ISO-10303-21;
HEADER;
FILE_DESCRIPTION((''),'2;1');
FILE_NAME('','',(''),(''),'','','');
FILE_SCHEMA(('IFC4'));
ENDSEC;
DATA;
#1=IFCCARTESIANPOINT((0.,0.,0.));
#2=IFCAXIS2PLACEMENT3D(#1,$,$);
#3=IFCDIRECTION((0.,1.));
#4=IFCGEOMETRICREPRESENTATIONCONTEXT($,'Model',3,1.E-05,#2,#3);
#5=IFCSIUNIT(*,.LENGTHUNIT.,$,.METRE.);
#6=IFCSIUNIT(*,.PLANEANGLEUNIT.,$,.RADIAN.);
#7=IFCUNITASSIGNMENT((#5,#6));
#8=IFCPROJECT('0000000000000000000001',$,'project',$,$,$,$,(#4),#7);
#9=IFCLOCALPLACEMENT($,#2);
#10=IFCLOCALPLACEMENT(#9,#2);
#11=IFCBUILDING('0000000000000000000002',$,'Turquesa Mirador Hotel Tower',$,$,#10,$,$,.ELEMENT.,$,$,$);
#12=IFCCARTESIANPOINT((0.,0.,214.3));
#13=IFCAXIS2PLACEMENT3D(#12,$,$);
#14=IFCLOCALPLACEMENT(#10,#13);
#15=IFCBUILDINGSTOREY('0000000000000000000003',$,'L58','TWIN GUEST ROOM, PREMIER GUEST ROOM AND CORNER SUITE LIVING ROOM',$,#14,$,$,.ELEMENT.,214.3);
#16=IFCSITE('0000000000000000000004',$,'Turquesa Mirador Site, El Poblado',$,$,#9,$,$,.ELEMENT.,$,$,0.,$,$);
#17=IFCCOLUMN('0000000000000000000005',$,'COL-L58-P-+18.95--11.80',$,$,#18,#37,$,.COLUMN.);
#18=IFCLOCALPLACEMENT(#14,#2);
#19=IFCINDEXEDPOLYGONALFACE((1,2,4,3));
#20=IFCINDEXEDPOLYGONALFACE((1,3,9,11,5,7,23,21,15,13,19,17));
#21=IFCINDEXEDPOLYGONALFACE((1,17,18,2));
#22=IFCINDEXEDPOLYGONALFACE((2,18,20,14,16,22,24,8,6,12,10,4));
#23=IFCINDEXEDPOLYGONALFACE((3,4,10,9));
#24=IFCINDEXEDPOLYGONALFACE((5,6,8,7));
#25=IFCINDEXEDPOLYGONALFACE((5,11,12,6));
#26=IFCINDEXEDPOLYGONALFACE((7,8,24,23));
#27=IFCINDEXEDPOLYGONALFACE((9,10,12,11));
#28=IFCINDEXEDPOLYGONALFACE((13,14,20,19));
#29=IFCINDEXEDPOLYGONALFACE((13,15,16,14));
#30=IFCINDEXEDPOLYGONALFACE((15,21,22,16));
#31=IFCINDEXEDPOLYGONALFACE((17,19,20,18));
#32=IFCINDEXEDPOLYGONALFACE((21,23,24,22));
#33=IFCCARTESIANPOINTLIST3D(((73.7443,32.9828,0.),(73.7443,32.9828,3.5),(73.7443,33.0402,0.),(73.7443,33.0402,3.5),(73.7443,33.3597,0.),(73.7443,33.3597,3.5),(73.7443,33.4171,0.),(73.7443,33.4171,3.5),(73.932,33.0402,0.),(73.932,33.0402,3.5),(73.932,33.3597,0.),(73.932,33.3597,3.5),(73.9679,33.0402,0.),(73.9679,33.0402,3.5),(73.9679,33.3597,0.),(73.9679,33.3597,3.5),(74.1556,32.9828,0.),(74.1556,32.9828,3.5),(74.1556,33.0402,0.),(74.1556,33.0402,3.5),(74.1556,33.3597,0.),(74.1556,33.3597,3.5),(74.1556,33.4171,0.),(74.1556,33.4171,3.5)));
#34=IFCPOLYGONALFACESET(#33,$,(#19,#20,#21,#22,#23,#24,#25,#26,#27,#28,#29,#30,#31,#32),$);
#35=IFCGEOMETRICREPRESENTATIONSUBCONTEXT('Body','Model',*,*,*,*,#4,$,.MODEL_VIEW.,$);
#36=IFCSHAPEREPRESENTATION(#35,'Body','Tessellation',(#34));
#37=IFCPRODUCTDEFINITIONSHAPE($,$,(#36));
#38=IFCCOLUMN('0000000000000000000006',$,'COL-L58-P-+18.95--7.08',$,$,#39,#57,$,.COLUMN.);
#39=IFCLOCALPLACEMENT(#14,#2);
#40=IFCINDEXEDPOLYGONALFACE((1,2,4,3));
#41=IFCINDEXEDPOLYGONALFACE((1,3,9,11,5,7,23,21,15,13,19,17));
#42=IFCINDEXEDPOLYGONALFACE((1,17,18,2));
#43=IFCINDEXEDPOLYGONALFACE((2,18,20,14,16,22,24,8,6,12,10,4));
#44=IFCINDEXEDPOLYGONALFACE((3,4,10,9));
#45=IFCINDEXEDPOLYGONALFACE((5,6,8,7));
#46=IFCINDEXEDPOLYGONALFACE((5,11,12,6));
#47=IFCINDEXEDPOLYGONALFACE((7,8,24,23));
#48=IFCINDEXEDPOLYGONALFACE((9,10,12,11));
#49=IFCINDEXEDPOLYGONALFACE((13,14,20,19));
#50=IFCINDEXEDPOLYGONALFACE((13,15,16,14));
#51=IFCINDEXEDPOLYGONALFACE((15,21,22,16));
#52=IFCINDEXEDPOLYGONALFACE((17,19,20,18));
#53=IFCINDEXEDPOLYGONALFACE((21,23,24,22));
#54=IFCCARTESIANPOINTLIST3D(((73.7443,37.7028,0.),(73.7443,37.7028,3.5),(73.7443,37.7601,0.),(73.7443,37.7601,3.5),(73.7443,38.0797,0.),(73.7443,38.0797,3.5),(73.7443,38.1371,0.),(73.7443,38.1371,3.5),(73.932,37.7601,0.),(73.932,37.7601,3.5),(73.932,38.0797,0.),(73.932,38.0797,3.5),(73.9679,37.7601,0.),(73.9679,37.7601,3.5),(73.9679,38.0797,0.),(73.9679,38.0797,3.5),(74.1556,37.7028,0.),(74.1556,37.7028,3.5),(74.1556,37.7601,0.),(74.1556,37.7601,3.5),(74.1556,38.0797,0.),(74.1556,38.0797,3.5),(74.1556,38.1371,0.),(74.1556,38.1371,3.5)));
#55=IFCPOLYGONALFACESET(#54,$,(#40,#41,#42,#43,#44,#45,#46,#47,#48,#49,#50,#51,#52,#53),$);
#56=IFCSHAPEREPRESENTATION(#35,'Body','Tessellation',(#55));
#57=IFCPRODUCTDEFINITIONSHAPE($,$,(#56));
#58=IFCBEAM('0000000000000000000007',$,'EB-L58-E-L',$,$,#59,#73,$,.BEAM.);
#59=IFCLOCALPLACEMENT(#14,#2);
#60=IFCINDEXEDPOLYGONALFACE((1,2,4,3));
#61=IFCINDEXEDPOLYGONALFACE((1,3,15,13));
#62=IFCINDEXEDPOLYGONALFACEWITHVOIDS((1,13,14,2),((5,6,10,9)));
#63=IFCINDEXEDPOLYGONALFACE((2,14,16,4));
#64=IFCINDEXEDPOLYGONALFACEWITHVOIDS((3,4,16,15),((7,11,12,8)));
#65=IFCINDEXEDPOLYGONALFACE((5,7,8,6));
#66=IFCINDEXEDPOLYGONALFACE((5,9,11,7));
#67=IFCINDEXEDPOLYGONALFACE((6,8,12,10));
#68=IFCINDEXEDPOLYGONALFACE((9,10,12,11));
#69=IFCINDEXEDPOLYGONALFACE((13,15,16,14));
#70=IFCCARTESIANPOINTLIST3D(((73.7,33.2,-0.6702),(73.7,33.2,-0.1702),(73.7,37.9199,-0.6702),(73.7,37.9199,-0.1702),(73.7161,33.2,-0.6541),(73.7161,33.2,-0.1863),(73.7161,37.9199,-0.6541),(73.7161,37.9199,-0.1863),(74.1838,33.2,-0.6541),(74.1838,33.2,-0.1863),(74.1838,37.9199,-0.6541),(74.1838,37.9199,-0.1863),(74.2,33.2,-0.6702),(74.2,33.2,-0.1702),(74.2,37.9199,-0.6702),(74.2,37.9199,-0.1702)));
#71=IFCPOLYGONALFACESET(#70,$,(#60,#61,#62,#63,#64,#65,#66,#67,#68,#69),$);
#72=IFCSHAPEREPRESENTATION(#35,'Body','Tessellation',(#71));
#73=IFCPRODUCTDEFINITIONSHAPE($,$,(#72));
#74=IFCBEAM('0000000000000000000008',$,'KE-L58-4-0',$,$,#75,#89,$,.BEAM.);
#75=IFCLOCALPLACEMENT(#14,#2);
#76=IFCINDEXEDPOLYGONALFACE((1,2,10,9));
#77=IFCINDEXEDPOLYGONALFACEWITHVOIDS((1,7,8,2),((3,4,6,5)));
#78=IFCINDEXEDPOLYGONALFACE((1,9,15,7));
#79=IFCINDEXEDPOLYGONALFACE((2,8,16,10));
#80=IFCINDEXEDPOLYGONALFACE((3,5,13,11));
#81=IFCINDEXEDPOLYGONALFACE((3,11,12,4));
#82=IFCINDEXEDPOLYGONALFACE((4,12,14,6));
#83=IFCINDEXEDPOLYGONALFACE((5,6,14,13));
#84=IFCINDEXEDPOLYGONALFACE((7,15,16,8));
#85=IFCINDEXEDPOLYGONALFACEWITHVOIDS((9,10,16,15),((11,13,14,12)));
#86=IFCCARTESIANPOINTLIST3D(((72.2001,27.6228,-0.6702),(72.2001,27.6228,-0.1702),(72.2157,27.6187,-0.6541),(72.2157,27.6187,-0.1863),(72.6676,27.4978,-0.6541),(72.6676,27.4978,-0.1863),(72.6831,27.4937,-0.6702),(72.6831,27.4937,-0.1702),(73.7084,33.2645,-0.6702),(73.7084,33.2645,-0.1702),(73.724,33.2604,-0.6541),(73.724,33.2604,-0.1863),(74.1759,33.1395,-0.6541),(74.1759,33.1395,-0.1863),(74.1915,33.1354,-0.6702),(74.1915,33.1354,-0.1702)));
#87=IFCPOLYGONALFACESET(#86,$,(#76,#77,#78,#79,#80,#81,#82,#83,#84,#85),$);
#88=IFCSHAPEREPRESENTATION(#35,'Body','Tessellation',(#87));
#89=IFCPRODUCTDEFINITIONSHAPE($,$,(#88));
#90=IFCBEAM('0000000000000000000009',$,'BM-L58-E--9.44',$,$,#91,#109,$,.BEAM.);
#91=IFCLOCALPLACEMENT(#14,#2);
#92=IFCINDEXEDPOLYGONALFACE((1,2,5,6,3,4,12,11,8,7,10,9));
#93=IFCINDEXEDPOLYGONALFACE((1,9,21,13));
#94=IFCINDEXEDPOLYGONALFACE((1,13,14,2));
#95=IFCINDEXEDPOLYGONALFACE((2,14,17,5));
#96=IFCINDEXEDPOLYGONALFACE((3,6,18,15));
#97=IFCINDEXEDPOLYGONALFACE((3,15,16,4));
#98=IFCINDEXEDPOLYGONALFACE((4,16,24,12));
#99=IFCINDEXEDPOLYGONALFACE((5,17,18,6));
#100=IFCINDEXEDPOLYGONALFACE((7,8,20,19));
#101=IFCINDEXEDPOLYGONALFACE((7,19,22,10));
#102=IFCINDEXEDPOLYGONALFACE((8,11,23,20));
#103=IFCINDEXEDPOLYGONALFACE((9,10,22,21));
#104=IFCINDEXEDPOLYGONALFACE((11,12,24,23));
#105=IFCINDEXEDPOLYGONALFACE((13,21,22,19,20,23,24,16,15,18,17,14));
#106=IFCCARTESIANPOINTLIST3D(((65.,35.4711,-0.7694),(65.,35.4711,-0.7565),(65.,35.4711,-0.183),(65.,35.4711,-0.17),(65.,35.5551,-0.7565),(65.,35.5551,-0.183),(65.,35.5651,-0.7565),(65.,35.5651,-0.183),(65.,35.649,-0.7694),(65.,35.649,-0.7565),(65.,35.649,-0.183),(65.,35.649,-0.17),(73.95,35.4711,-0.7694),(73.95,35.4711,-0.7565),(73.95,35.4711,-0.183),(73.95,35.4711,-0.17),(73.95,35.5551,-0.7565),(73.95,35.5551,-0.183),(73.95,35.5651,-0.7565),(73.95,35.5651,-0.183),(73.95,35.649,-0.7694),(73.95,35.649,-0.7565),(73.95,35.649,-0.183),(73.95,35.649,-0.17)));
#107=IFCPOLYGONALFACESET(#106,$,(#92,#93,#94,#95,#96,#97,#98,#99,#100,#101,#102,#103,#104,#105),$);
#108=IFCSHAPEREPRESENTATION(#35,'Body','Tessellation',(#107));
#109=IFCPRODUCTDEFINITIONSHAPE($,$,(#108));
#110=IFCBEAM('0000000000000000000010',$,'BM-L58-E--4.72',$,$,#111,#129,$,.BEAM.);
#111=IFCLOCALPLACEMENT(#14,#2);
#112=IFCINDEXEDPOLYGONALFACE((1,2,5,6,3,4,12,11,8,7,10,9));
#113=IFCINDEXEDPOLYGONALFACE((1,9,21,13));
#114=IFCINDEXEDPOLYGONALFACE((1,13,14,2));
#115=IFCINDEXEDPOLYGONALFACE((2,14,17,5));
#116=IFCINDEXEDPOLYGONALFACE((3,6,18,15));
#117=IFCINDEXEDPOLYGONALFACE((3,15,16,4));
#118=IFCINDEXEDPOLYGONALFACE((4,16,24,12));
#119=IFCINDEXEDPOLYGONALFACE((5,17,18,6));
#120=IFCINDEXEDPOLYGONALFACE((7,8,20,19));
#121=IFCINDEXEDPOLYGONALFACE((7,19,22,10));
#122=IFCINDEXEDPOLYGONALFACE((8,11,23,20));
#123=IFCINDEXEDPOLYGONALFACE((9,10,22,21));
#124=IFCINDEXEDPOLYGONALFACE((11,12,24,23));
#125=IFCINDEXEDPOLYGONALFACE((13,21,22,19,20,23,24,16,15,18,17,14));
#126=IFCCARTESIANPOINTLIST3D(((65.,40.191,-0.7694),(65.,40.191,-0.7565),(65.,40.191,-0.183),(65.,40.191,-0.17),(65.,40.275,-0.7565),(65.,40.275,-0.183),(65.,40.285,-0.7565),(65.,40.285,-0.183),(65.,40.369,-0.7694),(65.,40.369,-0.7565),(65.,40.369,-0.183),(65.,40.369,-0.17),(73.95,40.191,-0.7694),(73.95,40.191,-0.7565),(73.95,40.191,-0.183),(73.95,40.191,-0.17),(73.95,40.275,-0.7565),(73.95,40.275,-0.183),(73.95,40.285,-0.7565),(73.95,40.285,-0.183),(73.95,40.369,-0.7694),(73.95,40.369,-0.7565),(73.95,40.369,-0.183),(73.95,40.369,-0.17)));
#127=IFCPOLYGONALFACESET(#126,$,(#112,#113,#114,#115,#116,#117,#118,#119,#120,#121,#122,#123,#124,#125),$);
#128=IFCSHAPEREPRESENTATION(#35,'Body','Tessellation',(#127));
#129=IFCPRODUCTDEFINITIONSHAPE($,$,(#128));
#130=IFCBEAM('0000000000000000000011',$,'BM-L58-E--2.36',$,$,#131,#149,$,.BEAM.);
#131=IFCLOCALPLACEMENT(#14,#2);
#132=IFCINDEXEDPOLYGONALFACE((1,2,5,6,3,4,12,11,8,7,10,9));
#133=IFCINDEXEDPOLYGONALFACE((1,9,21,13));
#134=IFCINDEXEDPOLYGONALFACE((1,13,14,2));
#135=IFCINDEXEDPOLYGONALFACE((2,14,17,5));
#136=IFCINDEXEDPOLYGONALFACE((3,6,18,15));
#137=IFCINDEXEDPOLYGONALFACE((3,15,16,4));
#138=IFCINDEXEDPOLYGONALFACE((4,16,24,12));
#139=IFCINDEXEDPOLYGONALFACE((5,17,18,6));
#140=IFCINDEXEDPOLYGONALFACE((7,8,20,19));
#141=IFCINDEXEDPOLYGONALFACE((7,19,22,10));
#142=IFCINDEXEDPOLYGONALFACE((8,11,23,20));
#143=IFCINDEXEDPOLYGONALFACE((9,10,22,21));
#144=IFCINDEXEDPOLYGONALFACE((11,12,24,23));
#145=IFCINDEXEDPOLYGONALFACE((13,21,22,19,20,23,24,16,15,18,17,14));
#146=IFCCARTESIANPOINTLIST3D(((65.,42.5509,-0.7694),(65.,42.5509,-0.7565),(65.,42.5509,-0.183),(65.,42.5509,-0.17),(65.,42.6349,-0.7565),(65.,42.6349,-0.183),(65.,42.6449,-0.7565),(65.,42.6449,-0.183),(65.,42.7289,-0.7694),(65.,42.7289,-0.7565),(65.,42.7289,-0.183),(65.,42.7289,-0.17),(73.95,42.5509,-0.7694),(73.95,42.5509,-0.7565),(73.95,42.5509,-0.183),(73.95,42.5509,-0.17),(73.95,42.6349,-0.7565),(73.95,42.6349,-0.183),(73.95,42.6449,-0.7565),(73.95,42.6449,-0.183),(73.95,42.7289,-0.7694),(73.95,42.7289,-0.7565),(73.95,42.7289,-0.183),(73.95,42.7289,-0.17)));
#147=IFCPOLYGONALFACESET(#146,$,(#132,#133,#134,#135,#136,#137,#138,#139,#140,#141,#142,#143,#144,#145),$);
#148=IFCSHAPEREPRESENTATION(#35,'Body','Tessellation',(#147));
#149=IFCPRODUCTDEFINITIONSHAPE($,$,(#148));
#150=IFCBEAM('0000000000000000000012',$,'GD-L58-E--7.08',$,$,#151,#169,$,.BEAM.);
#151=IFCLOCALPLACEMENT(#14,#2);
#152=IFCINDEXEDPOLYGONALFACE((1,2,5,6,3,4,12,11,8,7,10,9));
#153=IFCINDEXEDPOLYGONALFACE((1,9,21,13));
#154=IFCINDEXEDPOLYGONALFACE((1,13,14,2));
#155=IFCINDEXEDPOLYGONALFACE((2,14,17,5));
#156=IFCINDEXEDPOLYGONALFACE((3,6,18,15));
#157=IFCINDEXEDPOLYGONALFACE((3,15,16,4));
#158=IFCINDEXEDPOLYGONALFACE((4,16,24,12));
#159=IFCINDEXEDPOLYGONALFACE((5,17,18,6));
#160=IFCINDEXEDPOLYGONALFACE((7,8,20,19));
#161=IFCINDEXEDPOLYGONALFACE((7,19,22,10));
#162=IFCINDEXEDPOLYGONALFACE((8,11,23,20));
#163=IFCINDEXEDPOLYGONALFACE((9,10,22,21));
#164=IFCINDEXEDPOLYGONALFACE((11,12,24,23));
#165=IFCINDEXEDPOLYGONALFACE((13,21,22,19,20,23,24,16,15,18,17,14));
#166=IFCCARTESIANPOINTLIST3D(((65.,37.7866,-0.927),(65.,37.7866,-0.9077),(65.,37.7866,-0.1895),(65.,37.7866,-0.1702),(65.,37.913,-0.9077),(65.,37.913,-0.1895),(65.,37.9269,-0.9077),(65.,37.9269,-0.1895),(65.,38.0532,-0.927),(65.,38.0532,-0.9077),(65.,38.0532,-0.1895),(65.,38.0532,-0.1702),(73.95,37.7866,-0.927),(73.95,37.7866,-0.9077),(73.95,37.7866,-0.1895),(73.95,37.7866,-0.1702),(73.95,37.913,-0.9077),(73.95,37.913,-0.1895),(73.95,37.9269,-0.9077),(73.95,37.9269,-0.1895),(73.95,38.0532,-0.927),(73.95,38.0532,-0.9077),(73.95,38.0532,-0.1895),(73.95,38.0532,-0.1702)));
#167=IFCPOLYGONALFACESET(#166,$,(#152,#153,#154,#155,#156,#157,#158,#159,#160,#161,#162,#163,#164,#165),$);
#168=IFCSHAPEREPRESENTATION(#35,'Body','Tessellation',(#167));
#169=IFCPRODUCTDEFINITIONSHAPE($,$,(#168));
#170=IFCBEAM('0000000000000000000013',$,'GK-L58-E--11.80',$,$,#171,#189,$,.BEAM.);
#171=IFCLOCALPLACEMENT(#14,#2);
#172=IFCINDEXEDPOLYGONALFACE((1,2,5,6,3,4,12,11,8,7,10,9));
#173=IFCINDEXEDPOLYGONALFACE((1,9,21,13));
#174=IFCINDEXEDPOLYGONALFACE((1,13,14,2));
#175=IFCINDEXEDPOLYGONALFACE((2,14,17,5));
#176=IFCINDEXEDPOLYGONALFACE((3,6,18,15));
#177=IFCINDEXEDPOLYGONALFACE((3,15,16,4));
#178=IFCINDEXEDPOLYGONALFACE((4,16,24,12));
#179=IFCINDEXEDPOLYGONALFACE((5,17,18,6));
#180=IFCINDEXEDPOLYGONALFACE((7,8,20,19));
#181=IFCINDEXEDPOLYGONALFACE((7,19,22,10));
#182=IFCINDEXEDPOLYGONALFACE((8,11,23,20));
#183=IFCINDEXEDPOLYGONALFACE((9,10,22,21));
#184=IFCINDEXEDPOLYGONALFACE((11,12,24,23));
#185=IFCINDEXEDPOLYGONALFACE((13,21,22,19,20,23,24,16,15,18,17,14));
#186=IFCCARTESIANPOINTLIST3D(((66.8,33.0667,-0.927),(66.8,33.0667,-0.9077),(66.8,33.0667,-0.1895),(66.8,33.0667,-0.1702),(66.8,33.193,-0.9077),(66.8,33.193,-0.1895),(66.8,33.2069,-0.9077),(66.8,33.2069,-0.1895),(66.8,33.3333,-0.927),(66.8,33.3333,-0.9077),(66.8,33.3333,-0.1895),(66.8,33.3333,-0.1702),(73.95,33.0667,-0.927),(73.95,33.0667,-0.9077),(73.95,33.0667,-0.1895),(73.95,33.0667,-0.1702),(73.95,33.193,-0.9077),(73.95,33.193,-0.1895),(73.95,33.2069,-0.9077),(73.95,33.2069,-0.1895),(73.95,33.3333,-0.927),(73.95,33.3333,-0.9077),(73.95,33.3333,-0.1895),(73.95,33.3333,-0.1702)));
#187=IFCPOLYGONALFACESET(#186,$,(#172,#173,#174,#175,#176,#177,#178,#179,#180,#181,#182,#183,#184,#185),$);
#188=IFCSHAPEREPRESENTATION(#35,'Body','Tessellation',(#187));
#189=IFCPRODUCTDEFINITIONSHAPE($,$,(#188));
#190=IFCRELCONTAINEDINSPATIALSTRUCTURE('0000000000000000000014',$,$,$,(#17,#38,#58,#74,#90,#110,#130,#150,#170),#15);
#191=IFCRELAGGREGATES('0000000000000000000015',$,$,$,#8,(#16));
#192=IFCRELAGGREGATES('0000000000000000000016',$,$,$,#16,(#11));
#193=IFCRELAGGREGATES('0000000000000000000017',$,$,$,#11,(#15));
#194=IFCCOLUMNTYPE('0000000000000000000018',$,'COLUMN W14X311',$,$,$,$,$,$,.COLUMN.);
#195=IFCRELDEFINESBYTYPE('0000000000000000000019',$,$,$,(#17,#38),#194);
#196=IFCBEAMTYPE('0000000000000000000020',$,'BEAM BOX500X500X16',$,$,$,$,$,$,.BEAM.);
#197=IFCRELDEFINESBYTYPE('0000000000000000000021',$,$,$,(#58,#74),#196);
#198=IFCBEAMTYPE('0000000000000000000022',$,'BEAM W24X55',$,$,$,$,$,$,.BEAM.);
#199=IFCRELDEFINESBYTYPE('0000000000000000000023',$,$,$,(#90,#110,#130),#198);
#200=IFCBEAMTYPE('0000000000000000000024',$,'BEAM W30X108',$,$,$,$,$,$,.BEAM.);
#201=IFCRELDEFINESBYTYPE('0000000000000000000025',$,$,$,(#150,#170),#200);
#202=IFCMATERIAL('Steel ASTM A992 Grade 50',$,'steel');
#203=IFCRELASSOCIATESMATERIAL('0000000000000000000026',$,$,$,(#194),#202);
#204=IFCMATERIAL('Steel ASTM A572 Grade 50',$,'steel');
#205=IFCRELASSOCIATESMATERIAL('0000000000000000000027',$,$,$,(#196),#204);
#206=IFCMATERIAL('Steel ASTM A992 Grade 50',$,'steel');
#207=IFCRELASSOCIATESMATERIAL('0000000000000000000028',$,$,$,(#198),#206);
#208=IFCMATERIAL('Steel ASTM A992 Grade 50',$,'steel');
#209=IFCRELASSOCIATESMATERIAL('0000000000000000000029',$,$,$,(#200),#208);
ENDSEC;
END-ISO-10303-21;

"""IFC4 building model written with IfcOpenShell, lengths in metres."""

from ifc_helpers import new_model, si_unit, direction, frame, origin, origin_2d, place, context, subcontext, project, spatial, hollow_rectangle, i_section, extrude, material, material_profile, profile_set, type_object, element, save


model = new_model("IFC4")

# Units and contexts
model_context = context("Model", 3, precision=1e-05, world=origin(), true_north=direction((0.0, 1.0)))
body_context = subcontext(model_context, "Body", "Model", "MODEL_VIEW")
ifc_project = project(units=[si_unit("LENGTHUNIT", "METRE"), si_unit("PLANEANGLEUNIT", "RADIAN")], contexts=[model_context])

# Site, building, storey
site_placement = place(None, origin())
site = spatial("IfcSite", under=ifc_project, at=site_placement, Name="Turquesa Mirador Site, El Poblado", CompositionType="ELEMENT", RefElevation=0.0)
building_placement = place(site_placement, origin())
building = spatial("IfcBuilding", under=site, at=building_placement, Name="Turquesa Mirador Hotel Tower", CompositionType="ELEMENT")
storey_placement = place(building_placement, frame((0.0, 0.0, 214.3)))
storey = spatial("IfcBuildingStorey", under=building, at=storey_placement, Name="L58", Description="TWIN GUEST ROOM, PREMIER GUEST ROOM AND CORNER SUITE LIVING ROOM", CompositionType="ELEMENT", Elevation=214.3)

# Columns
ifc_material_1 = material(Name="Steel ASTM A992 Grade 50", Category="steel")
ifc_material_profile_1 = material_profile(ifc_material_1, i_section(OverallWidth=0.4114, OverallDepth=0.4343, WebThickness=0.0359, FlangeThickness=0.0574, at=origin_2d()), Name="W14X311")
ifc_profile_set_1 = profile_set([ifc_material_profile_1], Name="Steel ASTM A992 Grade 50")
column_type = type_object("IfcColumnType", Name="COLUMN W14X311", PredefinedType="COLUMN", material=ifc_profile_set_1)
for number, where, z_axis, x_axis, name in (
    (1, (73.95, 33.2, 0.0), (0.0, 0.0, 1.0), (1.0, 0.0, 0.0), "COL-L58-P-+18.95--11.80"),
    (2, (73.95, 37.9199, 0.0), (0.0, 0.0, 1.0), (1.0, 0.0, 0.0), "COL-L58-P-+18.95--7.08"),
):
    element("IfcColumn", number, at=place(storey_placement, frame(where, z_axis=z_axis, x_axis=x_axis)), inside=storey, type_object=column_type, Name=name, PredefinedType="COLUMN", context=body_context, shape_type="SweptSolid", body=[
        extrude(i_section(OverallWidth=0.4114, OverallDepth=0.4343, WebThickness=0.0359, FlangeThickness=0.0574, at=origin_2d()), origin(), (0.0, 0.0, 1.0), 3.5),
    ])

# Beams
ifc_material_2 = material(Name="Steel ASTM A572 Grade 50", Category="steel")
ifc_material_profile_2 = material_profile(ifc_material_2, hollow_rectangle(XDim=0.5, YDim=0.5, WallThickness=0.0161, at=origin_2d()), Name="BOX500X500X16")
ifc_profile_set_2 = profile_set([ifc_material_profile_2], Name="Steel ASTM A572 Grade 50")
beam_type_1 = type_object("IfcBeamType", Name="BEAM BOX500X500X16", PredefinedType="BEAM", material=ifc_profile_set_2)
beam_1_placement = place(storey_placement, frame((73.95, 33.2, -0.4202), z_axis=(0.0, 1.0, 0.0), x_axis=(-1.0, 0.0, 0.0)))
element("IfcBeam", 3, at=beam_1_placement, inside=storey, type_object=beam_type_1, Name="EB-L58-E-L", PredefinedType="BEAM", context=body_context, shape_type="SweptSolid", body=[
    extrude(hollow_rectangle(XDim=0.5, YDim=0.5, WallThickness=0.0161, at=origin_2d()), origin(), (0.0, 0.0, 1.0), 4.72),
])
beam_2_placement = place(storey_placement, frame((73.95, 33.2, -0.4202), z_axis=(-0.258282, -0.96607, 0.0), x_axis=(0.96607, -0.258282, 0.0)))
element("IfcBeam", 4, at=beam_2_placement, inside=storey, type_object=beam_type_1, Name="KE-L58-4-0", PredefinedType="BEAM", context=body_context, shape_type="SweptSolid", body=[
    extrude(hollow_rectangle(XDim=0.5, YDim=0.5, WallThickness=0.0161, at=origin_2d()), origin(), (0.0, 0.0, 1.0), 5.8398),
])
ifc_material_3 = material(Name="Steel ASTM A992 Grade 50", Category="steel")
ifc_material_profile_3 = material_profile(ifc_material_3, i_section(OverallWidth=0.178, OverallDepth=0.5994, WebThickness=0.01, FlangeThickness=0.0129, at=origin_2d()), Name="W24X55")
ifc_profile_set_3 = profile_set([ifc_material_profile_3], Name="Steel ASTM A992 Grade 50")
beam_type_2 = type_object("IfcBeamType", Name="BEAM W24X55", PredefinedType="BEAM", material=ifc_profile_set_3)
for number, where, z_axis, x_axis, name in (
    (5, (73.95, 35.5601, -0.4697), (-1.0, 0.0, 0.0), (0.0, -1.0, 0.0), "BM-L58-E--9.44"),
    (6, (73.95, 40.28, -0.4697), (-1.0, 0.0, 0.0), (0.0, -1.0, 0.0), "BM-L58-E--4.72"),
    (7, (73.95, 42.6399, -0.4697), (-1.0, 0.0, 0.0), (0.0, -1.0, 0.0), "BM-L58-E--2.36"),
):
    element("IfcBeam", number, at=place(storey_placement, frame(where, z_axis=z_axis, x_axis=x_axis)), inside=storey, type_object=beam_type_2, Name=name, PredefinedType="BEAM", context=body_context, shape_type="SweptSolid", body=[
        extrude(i_section(OverallWidth=0.178, OverallDepth=0.5994, WebThickness=0.01, FlangeThickness=0.0129, at=origin_2d()), origin(), (0.0, 0.0, 1.0), 8.95),
    ])
ifc_material_4 = material(Name="Steel ASTM A992 Grade 50", Category="steel")
ifc_material_profile_4 = material_profile(ifc_material_4, i_section(OverallWidth=0.2666, OverallDepth=0.7568, WebThickness=0.0139, FlangeThickness=0.0193, at=origin_2d()), Name="W30X108")
ifc_profile_set_4 = profile_set([ifc_material_profile_4], Name="Steel ASTM A992 Grade 50")
beam_type_3 = type_object("IfcBeamType", Name="BEAM W30X108", PredefinedType="BEAM", material=ifc_profile_set_4)
beam_3_placement = place(storey_placement, frame((73.95, 37.9199, -0.5486), z_axis=(-1.0, 0.0, 0.0), x_axis=(0.0, -1.0, 0.0)))
element("IfcBeam", 8, at=beam_3_placement, inside=storey, type_object=beam_type_3, Name="GD-L58-E--7.08", PredefinedType="BEAM", context=body_context, shape_type="SweptSolid", body=[
    extrude(i_section(OverallWidth=0.2666, OverallDepth=0.7568, WebThickness=0.0139, FlangeThickness=0.0193, at=origin_2d()), origin(), (0.0, 0.0, 1.0), 8.95),
])
beam_4_placement = place(storey_placement, frame((73.95, 33.2, -0.5486), z_axis=(-1.0, 0.0, 0.0), x_axis=(0.0, -1.0, 0.0)))
element("IfcBeam", 9, at=beam_4_placement, inside=storey, type_object=beam_type_3, Name="GK-L58-E--11.80", PredefinedType="BEAM", context=body_context, shape_type="SweptSolid", body=[
    extrude(i_section(OverallWidth=0.2666, OverallDepth=0.7568, WebThickness=0.0139, FlangeThickness=0.0193, at=origin_2d()), origin(), (0.0, 0.0, 1.0), 7.1499),
])

save(model, "model.ifc")
